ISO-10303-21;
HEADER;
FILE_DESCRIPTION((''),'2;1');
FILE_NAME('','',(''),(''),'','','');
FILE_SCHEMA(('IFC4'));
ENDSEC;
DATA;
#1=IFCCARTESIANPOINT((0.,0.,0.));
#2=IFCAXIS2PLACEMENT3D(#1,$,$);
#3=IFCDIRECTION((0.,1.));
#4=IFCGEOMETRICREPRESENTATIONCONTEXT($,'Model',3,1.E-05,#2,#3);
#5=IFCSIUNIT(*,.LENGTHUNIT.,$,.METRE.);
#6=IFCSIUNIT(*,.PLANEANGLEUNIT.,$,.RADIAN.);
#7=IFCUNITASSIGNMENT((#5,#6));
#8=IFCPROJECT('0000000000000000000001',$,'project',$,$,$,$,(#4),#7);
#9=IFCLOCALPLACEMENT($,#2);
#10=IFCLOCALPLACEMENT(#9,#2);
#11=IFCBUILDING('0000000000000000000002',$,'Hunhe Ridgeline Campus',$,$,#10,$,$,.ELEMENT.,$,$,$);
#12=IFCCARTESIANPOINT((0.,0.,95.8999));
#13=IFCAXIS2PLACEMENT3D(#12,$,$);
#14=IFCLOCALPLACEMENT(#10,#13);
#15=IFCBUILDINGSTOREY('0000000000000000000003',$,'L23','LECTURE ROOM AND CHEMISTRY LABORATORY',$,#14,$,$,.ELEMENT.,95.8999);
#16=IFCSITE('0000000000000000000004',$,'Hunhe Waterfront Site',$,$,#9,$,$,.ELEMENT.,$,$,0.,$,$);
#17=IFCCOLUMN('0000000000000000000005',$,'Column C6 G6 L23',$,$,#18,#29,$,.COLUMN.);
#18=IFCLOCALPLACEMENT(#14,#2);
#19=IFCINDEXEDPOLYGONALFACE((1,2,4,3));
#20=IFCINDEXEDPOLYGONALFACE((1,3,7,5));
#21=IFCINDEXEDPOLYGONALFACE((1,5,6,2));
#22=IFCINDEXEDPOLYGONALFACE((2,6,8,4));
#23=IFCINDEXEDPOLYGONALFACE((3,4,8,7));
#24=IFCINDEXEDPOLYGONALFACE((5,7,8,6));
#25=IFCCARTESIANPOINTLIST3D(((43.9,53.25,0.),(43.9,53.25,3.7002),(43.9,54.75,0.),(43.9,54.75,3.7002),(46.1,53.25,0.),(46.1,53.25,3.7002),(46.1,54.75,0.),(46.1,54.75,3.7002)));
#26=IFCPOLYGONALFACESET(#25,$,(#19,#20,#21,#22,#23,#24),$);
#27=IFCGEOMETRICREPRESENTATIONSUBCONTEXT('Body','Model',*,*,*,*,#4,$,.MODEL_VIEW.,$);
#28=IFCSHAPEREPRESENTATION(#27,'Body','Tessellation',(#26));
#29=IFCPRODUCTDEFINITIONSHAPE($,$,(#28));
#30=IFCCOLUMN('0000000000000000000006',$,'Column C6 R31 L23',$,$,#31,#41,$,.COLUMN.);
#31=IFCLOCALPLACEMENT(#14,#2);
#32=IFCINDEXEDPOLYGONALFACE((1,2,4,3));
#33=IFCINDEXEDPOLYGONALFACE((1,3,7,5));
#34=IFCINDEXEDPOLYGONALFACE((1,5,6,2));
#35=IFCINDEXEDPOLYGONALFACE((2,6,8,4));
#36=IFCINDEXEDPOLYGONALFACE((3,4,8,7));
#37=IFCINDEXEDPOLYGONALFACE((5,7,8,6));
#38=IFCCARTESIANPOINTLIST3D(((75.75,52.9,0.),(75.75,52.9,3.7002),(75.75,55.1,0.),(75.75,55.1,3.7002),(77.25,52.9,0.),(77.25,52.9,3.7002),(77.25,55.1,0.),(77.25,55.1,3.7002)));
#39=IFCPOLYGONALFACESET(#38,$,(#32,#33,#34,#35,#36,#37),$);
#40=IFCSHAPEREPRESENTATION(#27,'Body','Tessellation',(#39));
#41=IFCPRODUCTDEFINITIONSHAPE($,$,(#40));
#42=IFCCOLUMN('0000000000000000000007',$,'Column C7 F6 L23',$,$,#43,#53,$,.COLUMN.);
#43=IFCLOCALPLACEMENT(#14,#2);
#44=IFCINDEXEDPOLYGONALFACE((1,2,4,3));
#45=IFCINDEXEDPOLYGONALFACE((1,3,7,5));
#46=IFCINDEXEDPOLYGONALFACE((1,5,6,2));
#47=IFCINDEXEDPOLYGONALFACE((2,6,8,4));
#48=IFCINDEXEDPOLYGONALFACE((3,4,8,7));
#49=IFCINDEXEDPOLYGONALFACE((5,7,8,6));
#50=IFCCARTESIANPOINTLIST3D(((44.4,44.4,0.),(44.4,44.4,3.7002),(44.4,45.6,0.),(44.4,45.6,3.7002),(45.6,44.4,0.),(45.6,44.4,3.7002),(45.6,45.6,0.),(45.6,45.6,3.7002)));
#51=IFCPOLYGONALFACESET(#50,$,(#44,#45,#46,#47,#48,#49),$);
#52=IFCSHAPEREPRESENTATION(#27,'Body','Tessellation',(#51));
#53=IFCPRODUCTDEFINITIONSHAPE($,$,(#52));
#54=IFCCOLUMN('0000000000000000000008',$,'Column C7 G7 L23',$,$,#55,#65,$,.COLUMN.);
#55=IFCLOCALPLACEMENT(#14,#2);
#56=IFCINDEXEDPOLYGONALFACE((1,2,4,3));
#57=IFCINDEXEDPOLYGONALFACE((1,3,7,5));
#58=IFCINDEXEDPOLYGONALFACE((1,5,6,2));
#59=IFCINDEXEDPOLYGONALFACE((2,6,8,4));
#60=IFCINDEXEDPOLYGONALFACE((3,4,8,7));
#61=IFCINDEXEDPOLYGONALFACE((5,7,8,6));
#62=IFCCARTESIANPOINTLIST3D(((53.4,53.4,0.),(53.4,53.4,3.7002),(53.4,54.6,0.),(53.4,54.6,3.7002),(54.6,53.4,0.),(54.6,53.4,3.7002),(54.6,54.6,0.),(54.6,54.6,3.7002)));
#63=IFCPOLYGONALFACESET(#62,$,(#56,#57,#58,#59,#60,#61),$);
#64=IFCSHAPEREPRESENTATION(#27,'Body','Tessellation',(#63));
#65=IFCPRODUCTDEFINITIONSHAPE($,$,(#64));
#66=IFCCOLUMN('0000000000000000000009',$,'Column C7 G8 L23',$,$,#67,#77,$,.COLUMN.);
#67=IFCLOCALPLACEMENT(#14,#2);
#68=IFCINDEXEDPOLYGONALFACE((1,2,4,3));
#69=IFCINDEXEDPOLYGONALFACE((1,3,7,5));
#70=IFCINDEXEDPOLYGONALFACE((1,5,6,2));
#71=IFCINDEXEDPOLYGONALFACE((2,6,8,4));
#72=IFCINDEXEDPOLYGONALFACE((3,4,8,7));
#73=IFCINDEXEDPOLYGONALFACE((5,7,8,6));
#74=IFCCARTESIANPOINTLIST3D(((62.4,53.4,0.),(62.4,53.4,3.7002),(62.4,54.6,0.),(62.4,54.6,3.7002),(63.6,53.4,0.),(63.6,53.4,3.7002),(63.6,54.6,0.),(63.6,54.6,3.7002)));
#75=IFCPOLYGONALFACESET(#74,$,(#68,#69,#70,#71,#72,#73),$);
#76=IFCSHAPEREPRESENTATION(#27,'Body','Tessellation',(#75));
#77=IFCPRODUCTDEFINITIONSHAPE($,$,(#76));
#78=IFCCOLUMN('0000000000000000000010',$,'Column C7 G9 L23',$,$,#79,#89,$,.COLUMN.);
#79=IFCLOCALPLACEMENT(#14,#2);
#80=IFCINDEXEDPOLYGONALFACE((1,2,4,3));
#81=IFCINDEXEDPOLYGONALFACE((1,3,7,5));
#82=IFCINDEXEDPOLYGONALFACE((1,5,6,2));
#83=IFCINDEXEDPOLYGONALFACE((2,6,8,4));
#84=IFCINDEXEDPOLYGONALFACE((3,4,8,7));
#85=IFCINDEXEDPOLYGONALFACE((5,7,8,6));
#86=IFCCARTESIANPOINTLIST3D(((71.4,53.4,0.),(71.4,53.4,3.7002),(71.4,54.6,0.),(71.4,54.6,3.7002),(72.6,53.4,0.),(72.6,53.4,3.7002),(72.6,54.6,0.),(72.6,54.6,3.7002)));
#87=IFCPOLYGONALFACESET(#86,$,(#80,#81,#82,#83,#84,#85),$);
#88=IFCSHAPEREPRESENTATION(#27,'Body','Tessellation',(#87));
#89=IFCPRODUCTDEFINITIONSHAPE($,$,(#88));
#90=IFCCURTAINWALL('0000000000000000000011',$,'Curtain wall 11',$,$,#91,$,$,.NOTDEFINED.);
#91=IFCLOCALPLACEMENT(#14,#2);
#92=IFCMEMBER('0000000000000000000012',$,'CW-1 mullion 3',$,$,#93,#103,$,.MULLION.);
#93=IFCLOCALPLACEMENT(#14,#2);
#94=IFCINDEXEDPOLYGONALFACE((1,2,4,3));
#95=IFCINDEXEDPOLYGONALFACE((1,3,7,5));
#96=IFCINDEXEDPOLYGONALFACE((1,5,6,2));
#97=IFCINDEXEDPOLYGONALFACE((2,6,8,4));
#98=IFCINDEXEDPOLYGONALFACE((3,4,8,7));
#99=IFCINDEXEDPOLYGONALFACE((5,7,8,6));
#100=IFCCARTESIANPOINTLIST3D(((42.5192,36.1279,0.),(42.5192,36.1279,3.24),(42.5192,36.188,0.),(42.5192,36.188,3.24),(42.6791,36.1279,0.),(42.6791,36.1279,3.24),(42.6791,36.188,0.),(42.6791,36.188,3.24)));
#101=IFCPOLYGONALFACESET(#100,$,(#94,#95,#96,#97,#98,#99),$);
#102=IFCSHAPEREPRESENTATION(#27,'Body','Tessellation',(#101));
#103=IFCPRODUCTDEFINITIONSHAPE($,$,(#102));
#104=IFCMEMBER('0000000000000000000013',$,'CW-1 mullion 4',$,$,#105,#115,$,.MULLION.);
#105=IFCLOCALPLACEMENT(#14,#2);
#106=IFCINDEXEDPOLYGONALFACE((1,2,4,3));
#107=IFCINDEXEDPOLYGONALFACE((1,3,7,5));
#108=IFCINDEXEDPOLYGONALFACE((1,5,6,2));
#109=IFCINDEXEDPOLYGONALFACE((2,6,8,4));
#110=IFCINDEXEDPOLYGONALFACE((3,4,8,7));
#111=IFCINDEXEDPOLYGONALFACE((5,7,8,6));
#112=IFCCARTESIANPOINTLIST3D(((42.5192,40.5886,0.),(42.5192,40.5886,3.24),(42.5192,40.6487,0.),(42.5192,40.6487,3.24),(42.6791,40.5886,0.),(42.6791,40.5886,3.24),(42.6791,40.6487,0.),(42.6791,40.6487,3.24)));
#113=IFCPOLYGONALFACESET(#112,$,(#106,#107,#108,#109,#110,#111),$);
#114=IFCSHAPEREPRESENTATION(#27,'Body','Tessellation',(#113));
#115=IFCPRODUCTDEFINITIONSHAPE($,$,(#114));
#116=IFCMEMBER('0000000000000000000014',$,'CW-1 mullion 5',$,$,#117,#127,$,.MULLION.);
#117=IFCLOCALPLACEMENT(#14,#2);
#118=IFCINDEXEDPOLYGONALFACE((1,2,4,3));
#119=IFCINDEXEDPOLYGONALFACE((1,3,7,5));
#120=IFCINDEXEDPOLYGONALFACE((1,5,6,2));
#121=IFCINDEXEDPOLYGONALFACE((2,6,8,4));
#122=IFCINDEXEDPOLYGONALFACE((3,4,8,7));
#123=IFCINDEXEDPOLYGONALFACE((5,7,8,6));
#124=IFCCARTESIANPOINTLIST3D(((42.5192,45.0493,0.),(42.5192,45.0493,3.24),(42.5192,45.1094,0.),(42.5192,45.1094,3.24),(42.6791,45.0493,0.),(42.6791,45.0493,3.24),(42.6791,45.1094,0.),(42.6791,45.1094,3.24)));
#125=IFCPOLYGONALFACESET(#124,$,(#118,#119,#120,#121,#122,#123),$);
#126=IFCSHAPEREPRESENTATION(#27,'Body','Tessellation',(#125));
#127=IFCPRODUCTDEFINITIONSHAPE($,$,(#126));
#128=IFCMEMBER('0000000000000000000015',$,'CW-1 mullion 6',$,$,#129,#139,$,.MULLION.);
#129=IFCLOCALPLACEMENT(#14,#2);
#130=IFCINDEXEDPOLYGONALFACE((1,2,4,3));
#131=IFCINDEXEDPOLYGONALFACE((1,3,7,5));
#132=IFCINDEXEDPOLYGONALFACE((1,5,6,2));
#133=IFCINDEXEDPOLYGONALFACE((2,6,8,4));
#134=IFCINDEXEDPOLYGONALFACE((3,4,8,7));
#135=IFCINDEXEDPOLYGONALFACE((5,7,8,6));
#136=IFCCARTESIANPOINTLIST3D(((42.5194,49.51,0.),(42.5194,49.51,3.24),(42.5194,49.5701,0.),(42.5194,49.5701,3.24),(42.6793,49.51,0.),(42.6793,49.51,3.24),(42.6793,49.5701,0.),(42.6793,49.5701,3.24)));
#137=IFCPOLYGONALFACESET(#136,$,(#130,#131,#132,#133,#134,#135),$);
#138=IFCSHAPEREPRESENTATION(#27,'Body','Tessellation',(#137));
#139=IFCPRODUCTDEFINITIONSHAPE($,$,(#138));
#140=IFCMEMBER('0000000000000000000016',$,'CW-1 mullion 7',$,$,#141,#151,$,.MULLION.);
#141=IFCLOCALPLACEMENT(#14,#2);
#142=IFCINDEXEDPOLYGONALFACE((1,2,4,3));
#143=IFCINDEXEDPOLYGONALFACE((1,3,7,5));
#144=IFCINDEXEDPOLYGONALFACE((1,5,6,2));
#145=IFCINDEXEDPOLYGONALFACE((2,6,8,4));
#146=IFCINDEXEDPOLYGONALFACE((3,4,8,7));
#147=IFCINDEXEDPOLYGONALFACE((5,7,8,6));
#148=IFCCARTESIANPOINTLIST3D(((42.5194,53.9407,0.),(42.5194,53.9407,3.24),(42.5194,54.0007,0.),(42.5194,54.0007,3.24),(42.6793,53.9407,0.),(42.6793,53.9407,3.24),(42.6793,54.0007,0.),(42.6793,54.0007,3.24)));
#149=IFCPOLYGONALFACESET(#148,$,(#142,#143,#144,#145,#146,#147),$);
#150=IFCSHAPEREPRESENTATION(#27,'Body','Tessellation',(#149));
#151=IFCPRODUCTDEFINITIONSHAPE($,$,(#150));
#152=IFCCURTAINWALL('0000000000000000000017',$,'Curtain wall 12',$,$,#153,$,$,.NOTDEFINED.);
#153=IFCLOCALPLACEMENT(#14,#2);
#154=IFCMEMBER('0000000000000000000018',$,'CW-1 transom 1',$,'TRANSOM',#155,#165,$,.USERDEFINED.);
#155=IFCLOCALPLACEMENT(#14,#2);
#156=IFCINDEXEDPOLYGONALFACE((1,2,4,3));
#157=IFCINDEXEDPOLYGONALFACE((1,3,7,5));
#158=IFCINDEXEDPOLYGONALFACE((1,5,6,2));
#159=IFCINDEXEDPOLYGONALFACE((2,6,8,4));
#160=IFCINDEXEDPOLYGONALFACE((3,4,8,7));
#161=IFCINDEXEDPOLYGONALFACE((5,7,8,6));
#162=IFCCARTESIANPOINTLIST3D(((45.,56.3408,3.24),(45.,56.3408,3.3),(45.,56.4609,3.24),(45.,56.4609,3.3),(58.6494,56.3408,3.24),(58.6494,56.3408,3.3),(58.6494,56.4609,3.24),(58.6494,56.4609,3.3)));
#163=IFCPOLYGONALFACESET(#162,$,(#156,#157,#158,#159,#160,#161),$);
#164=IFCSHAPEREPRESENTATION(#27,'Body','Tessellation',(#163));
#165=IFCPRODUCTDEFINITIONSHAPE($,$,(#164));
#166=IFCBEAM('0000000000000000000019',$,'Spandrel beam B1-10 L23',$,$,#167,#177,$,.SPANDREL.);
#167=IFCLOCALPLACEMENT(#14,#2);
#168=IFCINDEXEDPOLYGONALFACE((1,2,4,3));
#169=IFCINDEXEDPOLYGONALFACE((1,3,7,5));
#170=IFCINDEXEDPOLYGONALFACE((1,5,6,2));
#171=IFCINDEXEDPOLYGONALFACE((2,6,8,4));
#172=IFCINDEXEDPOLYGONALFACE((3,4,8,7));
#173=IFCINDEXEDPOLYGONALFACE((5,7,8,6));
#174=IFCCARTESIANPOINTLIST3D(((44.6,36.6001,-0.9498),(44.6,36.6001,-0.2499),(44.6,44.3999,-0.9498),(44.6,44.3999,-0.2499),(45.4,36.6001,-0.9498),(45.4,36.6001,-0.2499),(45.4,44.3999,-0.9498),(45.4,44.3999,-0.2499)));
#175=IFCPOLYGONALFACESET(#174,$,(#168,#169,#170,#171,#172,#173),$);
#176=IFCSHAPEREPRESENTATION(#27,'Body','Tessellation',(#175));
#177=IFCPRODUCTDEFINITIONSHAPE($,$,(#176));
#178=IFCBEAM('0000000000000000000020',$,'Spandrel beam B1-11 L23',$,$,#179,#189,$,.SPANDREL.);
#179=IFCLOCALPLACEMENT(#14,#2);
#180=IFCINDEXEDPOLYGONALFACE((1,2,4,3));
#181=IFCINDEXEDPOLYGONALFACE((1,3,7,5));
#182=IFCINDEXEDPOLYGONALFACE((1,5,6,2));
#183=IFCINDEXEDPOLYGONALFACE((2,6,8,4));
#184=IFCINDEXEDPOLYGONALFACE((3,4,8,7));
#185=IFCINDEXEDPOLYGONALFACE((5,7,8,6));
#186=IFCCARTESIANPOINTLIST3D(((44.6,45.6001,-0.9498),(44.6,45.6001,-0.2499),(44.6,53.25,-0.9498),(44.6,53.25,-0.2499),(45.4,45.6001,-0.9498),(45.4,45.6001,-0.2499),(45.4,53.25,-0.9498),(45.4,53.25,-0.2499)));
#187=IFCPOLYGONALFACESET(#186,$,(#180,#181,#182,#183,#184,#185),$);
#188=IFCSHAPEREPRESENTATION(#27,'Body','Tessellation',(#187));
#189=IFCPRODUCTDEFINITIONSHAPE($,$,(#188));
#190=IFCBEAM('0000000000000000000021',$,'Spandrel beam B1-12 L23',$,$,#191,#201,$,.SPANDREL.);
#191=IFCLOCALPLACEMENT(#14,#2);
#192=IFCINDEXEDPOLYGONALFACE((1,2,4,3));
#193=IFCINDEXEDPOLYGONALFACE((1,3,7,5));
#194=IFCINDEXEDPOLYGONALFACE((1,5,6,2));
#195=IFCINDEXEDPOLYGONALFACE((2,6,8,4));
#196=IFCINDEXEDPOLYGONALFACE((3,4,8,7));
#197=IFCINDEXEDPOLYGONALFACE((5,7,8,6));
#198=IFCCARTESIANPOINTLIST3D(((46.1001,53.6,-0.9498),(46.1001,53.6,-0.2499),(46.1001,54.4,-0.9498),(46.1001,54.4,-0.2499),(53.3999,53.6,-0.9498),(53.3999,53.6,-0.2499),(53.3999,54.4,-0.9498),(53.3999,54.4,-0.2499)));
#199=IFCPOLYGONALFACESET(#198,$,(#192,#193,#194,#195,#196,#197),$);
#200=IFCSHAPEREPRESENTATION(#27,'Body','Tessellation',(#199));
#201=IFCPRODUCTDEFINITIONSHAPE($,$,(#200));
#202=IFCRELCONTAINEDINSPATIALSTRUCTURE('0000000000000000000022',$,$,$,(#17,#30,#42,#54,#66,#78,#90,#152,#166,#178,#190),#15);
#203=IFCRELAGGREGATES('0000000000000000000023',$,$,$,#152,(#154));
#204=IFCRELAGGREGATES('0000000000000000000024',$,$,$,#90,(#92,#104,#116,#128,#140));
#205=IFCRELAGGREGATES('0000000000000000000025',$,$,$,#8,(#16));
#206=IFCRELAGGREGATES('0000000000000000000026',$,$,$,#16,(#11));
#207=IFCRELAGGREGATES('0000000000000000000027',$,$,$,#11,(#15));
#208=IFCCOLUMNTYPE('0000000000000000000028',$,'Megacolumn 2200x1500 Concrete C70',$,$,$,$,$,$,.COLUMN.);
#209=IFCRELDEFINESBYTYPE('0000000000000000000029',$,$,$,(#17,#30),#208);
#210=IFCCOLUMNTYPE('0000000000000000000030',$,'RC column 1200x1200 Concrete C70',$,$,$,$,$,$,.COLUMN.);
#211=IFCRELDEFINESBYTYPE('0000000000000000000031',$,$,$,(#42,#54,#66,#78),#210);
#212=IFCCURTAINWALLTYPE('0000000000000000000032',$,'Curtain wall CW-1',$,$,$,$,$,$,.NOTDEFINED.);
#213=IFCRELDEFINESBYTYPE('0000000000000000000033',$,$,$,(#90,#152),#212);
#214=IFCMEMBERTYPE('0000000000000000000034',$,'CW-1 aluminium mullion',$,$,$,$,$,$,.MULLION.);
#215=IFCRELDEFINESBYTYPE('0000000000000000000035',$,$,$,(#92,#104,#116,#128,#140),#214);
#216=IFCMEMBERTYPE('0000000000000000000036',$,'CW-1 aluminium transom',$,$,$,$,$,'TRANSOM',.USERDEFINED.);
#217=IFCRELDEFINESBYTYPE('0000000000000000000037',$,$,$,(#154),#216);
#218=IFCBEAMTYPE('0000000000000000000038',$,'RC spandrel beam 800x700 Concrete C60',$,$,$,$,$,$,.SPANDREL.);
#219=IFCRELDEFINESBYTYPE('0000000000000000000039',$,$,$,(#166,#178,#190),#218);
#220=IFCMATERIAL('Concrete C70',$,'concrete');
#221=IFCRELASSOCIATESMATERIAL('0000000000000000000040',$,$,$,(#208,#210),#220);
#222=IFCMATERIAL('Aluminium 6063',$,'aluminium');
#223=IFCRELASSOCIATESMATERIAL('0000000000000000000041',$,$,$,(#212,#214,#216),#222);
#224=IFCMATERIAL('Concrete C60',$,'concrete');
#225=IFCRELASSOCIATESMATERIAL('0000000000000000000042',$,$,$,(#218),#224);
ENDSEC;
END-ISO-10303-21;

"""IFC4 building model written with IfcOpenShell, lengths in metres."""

from ifc_helpers import new_model, si_unit, direction, frame, origin, origin_2d, place, context, subcontext, project, spatial, rectangle, extrude, material, material_profile, profile_set, type_object, element, aggregate, save


model = new_model("IFC4")

# Units and contexts
model_context = context("Model", 3, precision=1e-05, world=origin(), true_north=direction((0.0, 1.0)))
body_context = subcontext(model_context, "Body", "Model", "MODEL_VIEW")
ifc_project = project(units=[si_unit("LENGTHUNIT", "METRE"), si_unit("PLANEANGLEUNIT", "RADIAN")], contexts=[model_context])

# Site, building, storey
site_placement = place(None, origin())
site = spatial("IfcSite", under=ifc_project, at=site_placement, Name="Hunhe Waterfront Site", CompositionType="ELEMENT", RefElevation=0.0)
building_placement = place(site_placement, origin())
building = spatial("IfcBuilding", under=site, at=building_placement, Name="Hunhe Ridgeline Campus", CompositionType="ELEMENT")
storey_placement = place(building_placement, frame((0.0, 0.0, 95.8999)))
storey = spatial("IfcBuildingStorey", under=building, at=storey_placement, Name="L23", Description="LECTURE ROOM AND CHEMISTRY LABORATORY", CompositionType="ELEMENT", Elevation=95.8999)

# Columns
ifc_material_1 = material(Name="Concrete C70", Category="concrete")
ifc_material_profile_1 = material_profile(ifc_material_1, rectangle(XDim=2.2, YDim=1.5, at=origin_2d()))
ifc_profile_set_1 = profile_set([ifc_material_profile_1], Name="Concrete C70")
column_type_1 = type_object("IfcColumnType", Name="Megacolumn 2200x1500 Concrete C70", PredefinedType="COLUMN", material=ifc_profile_set_1)
for number, where, z_axis, x_axis, name in (
    (1, (45.0, 54.0, 0.0), (0.0, 0.0, 1.0), (1.0, 0.0, 0.0), "Column C6 G6 L23"),
    (2, (76.5, 54.0, 0.0), (0.0, 0.0, 1.0), (0.0, 1.0, 0.0), "Column C6 R31 L23"),
):
    element("IfcColumn", number, at=place(storey_placement, frame(where, z_axis=z_axis, x_axis=x_axis)), inside=storey, type_object=column_type_1, Name=name, PredefinedType="COLUMN", context=body_context, shape_type="SweptSolid", body=[
        extrude(rectangle(XDim=2.2, YDim=1.5, at=origin_2d()), origin(), (0.0, 0.0, 1.0), 3.7002),
    ])
ifc_material_profile_2 = material_profile(ifc_material_1, rectangle(XDim=1.2, YDim=1.2, at=origin_2d()))
ifc_profile_set_2 = profile_set([ifc_material_profile_2], Name="Concrete C70")
column_type_2 = type_object("IfcColumnType", Name="RC column 1200x1200 Concrete C70", PredefinedType="COLUMN", material=ifc_profile_set_2)
for number, where, z_axis, x_axis, name in (
    (3, (45.0, 45.0, 0.0), (0.0, 0.0, 1.0), (1.0, 0.0, 0.0), "Column C7 F6 L23"),
    (4, (54.0, 54.0, 0.0), (0.0, 0.0, 1.0), (1.0, 0.0, 0.0), "Column C7 G7 L23"),
    (5, (63.0, 54.0, 0.0), (0.0, 0.0, 1.0), (1.0, 0.0, 0.0), "Column C7 G8 L23"),
    (6, (72.0, 54.0, 0.0), (0.0, 0.0, 1.0), (1.0, 0.0, 0.0), "Column C7 G9 L23"),
):
    element("IfcColumn", number, at=place(storey_placement, frame(where, z_axis=z_axis, x_axis=x_axis)), inside=storey, type_object=column_type_2, Name=name, PredefinedType="COLUMN", context=body_context, shape_type="SweptSolid", body=[
        extrude(rectangle(XDim=1.2, YDim=1.2, at=origin_2d()), origin(), (0.0, 0.0, 1.0), 3.7002),
    ])

# Curtain wall, members
ifc_material_2 = material(Name="Aluminium 6063", Category="aluminium")
curtain_wall_type = type_object("IfcCurtainWallType", Name="Curtain wall CW-1", PredefinedType="NOTDEFINED", material=ifc_material_2)
curtain_wall_1_placement = place(storey_placement, origin())
curtain_wall_1 = element("IfcCurtainWall", 7, at=curtain_wall_1_placement, inside=storey, type_object=curtain_wall_type, Name="Curtain wall 11", PredefinedType="NOTDEFINED")
ifc_material_profile_3 = material_profile(ifc_material_2, rectangle(XDim=0.1599, YDim=0.0601, at=origin_2d()))
ifc_profile_set_3 = profile_set([ifc_material_profile_3], Name="Aluminium 6063")
member_type_1 = type_object("IfcMemberType", Name="CW-1 aluminium mullion", PredefinedType="MULLION", material=ifc_profile_set_3)
member_1_placement = place(storey_placement, frame((42.5991, 36.158, 0.0), z_axis=(0.0, 0.0, 1.0), x_axis=(-1.0, 0.000011, 0.0)))
member_1 = element("IfcMember", 8, at=member_1_placement, type_object=member_type_1, Name="CW-1 mullion 3", PredefinedType="MULLION", context=body_context, shape_type="SweptSolid", body=[
    extrude(rectangle(XDim=0.1599, YDim=0.0601, at=origin_2d()), origin(), (0.0, 0.0, 1.0), 3.24),
])
member_2_placement = place(storey_placement, frame((42.5991, 40.6187, 0.0), z_axis=(0.0, 0.0, 1.0), x_axis=(-1.0, 0.000011, 0.0)))
member_2 = element("IfcMember", 9, at=member_2_placement, type_object=member_type_1, Name="CW-1 mullion 4", PredefinedType="MULLION", context=body_context, shape_type="SweptSolid", body=[
    extrude(rectangle(XDim=0.1599, YDim=0.0601, at=origin_2d()), origin(), (0.0, 0.0, 1.0), 3.24),
])
member_3_placement = place(storey_placement, frame((42.5991, 45.0793, 0.0), z_axis=(0.0, 0.0, 1.0), x_axis=(-1.0, 0.000011, 0.0)))
member_3 = element("IfcMember", 10, at=member_3_placement, type_object=member_type_1, Name="CW-1 mullion 5", PredefinedType="MULLION", context=body_context, shape_type="SweptSolid", body=[
    extrude(rectangle(XDim=0.1599, YDim=0.0601, at=origin_2d()), origin(), (0.0, 0.0, 1.0), 3.24),
])
member_4_placement = place(storey_placement, frame((42.5994, 49.54, 0.0), z_axis=(0.0, 0.0, 1.0), x_axis=(-1.0, 0.000011, 0.0)))
member_4 = element("IfcMember", 11, at=member_4_placement, type_object=member_type_1, Name="CW-1 mullion 6", PredefinedType="MULLION", context=body_context, shape_type="SweptSolid", body=[
    extrude(rectangle(XDim=0.1599, YDim=0.0601, at=origin_2d()), origin(), (0.0, 0.0, 1.0), 3.24),
])
member_5_placement = place(storey_placement, frame((42.5994, 53.9707, 0.0), z_axis=(0.0, 0.0, 1.0), x_axis=(-1.0, 0.000011, 0.0)))
member_5 = element("IfcMember", 12, at=member_5_placement, type_object=member_type_1, Name="CW-1 mullion 7", PredefinedType="MULLION", context=body_context, shape_type="SweptSolid", body=[
    extrude(rectangle(XDim=0.1599, YDim=0.0601, at=origin_2d()), origin(), (0.0, 0.0, 1.0), 3.24),
])

# Curtain wall, member
curtain_wall_2_placement = place(storey_placement, origin())
curtain_wall_2 = element("IfcCurtainWall", 13, at=curtain_wall_2_placement, inside=storey, type_object=curtain_wall_type, Name="Curtain wall 12", PredefinedType="NOTDEFINED")
ifc_material_profile_4 = material_profile(ifc_material_2, rectangle(XDim=0.1201, YDim=0.0601, at=origin_2d()))
ifc_profile_set_4 = profile_set([ifc_material_profile_4], Name="Aluminium 6063")
member_type_2 = type_object("IfcMemberType", Name="CW-1 aluminium transom", ElementType="TRANSOM", PredefinedType="USERDEFINED", material=ifc_profile_set_4)
member_6_placement = place(storey_placement, frame((45.0, 56.4009, 3.27), z_axis=(1.0, 0.0, 0.0), x_axis=(0.0, 1.0, 0.0)))
member_6 = element("IfcMember", 14, at=member_6_placement, type_object=member_type_2, Name="CW-1 transom 1", ObjectType="TRANSOM", PredefinedType="USERDEFINED", context=body_context, shape_type="SweptSolid", body=[
    extrude(rectangle(XDim=0.1201, YDim=0.0601, at=origin_2d()), origin(), (0.0, 0.0, 1.0), 13.6494),
])
aggregate(curtain_wall_2, [member_6])

# Beams
ifc_material_3 = material(Name="Concrete C60", Category="concrete")
ifc_material_profile_5 = material_profile(ifc_material_3, rectangle(XDim=0.8, YDim=0.7, at=origin_2d()))
ifc_profile_set_5 = profile_set([ifc_material_profile_5], Name="Concrete C60")
beam_type = type_object("IfcBeamType", Name="RC spandrel beam 800x700 Concrete C60", PredefinedType="SPANDREL", material=ifc_profile_set_5)
beam_1_placement = place(storey_placement, frame((45.0, 36.6001, -0.5999), z_axis=(0.0, 1.0, 0.0), x_axis=(-1.0, 0.0, 0.0)))
element("IfcBeam", 15, at=beam_1_placement, inside=storey, type_object=beam_type, Name="Spandrel beam B1-10 L23", PredefinedType="SPANDREL", context=body_context, shape_type="SweptSolid", body=[
    extrude(rectangle(XDim=0.8, YDim=0.7, at=origin_2d()), origin(), (0.0, 0.0, 1.0), 7.7998),
])
beam_2_placement = place(storey_placement, frame((45.0, 45.6001, -0.5999), z_axis=(0.0, 1.0, 0.0), x_axis=(-1.0, 0.0, 0.0)))
element("IfcBeam", 16, at=beam_2_placement, inside=storey, type_object=beam_type, Name="Spandrel beam B1-11 L23", PredefinedType="SPANDREL", context=body_context, shape_type="SweptSolid", body=[
    extrude(rectangle(XDim=0.8, YDim=0.7, at=origin_2d()), origin(), (0.0, 0.0, 1.0), 7.6499),
])
beam_3_placement = place(storey_placement, frame((46.1001, 54.0, -0.5999), z_axis=(1.0, 0.0, 0.0), x_axis=(0.0, 1.0, 0.0)))
element("IfcBeam", 17, at=beam_3_placement, inside=storey, type_object=beam_type, Name="Spandrel beam B1-12 L23", PredefinedType="SPANDREL", context=body_context, shape_type="SweptSolid", body=[
    extrude(rectangle(XDim=0.8, YDim=0.7, at=origin_2d()), origin(), (0.0, 0.0, 1.0), 7.2998),
])

aggregate(curtain_wall_1, [member_1, member_2, member_3, member_4, member_5])

save(model, "model.ifc")
